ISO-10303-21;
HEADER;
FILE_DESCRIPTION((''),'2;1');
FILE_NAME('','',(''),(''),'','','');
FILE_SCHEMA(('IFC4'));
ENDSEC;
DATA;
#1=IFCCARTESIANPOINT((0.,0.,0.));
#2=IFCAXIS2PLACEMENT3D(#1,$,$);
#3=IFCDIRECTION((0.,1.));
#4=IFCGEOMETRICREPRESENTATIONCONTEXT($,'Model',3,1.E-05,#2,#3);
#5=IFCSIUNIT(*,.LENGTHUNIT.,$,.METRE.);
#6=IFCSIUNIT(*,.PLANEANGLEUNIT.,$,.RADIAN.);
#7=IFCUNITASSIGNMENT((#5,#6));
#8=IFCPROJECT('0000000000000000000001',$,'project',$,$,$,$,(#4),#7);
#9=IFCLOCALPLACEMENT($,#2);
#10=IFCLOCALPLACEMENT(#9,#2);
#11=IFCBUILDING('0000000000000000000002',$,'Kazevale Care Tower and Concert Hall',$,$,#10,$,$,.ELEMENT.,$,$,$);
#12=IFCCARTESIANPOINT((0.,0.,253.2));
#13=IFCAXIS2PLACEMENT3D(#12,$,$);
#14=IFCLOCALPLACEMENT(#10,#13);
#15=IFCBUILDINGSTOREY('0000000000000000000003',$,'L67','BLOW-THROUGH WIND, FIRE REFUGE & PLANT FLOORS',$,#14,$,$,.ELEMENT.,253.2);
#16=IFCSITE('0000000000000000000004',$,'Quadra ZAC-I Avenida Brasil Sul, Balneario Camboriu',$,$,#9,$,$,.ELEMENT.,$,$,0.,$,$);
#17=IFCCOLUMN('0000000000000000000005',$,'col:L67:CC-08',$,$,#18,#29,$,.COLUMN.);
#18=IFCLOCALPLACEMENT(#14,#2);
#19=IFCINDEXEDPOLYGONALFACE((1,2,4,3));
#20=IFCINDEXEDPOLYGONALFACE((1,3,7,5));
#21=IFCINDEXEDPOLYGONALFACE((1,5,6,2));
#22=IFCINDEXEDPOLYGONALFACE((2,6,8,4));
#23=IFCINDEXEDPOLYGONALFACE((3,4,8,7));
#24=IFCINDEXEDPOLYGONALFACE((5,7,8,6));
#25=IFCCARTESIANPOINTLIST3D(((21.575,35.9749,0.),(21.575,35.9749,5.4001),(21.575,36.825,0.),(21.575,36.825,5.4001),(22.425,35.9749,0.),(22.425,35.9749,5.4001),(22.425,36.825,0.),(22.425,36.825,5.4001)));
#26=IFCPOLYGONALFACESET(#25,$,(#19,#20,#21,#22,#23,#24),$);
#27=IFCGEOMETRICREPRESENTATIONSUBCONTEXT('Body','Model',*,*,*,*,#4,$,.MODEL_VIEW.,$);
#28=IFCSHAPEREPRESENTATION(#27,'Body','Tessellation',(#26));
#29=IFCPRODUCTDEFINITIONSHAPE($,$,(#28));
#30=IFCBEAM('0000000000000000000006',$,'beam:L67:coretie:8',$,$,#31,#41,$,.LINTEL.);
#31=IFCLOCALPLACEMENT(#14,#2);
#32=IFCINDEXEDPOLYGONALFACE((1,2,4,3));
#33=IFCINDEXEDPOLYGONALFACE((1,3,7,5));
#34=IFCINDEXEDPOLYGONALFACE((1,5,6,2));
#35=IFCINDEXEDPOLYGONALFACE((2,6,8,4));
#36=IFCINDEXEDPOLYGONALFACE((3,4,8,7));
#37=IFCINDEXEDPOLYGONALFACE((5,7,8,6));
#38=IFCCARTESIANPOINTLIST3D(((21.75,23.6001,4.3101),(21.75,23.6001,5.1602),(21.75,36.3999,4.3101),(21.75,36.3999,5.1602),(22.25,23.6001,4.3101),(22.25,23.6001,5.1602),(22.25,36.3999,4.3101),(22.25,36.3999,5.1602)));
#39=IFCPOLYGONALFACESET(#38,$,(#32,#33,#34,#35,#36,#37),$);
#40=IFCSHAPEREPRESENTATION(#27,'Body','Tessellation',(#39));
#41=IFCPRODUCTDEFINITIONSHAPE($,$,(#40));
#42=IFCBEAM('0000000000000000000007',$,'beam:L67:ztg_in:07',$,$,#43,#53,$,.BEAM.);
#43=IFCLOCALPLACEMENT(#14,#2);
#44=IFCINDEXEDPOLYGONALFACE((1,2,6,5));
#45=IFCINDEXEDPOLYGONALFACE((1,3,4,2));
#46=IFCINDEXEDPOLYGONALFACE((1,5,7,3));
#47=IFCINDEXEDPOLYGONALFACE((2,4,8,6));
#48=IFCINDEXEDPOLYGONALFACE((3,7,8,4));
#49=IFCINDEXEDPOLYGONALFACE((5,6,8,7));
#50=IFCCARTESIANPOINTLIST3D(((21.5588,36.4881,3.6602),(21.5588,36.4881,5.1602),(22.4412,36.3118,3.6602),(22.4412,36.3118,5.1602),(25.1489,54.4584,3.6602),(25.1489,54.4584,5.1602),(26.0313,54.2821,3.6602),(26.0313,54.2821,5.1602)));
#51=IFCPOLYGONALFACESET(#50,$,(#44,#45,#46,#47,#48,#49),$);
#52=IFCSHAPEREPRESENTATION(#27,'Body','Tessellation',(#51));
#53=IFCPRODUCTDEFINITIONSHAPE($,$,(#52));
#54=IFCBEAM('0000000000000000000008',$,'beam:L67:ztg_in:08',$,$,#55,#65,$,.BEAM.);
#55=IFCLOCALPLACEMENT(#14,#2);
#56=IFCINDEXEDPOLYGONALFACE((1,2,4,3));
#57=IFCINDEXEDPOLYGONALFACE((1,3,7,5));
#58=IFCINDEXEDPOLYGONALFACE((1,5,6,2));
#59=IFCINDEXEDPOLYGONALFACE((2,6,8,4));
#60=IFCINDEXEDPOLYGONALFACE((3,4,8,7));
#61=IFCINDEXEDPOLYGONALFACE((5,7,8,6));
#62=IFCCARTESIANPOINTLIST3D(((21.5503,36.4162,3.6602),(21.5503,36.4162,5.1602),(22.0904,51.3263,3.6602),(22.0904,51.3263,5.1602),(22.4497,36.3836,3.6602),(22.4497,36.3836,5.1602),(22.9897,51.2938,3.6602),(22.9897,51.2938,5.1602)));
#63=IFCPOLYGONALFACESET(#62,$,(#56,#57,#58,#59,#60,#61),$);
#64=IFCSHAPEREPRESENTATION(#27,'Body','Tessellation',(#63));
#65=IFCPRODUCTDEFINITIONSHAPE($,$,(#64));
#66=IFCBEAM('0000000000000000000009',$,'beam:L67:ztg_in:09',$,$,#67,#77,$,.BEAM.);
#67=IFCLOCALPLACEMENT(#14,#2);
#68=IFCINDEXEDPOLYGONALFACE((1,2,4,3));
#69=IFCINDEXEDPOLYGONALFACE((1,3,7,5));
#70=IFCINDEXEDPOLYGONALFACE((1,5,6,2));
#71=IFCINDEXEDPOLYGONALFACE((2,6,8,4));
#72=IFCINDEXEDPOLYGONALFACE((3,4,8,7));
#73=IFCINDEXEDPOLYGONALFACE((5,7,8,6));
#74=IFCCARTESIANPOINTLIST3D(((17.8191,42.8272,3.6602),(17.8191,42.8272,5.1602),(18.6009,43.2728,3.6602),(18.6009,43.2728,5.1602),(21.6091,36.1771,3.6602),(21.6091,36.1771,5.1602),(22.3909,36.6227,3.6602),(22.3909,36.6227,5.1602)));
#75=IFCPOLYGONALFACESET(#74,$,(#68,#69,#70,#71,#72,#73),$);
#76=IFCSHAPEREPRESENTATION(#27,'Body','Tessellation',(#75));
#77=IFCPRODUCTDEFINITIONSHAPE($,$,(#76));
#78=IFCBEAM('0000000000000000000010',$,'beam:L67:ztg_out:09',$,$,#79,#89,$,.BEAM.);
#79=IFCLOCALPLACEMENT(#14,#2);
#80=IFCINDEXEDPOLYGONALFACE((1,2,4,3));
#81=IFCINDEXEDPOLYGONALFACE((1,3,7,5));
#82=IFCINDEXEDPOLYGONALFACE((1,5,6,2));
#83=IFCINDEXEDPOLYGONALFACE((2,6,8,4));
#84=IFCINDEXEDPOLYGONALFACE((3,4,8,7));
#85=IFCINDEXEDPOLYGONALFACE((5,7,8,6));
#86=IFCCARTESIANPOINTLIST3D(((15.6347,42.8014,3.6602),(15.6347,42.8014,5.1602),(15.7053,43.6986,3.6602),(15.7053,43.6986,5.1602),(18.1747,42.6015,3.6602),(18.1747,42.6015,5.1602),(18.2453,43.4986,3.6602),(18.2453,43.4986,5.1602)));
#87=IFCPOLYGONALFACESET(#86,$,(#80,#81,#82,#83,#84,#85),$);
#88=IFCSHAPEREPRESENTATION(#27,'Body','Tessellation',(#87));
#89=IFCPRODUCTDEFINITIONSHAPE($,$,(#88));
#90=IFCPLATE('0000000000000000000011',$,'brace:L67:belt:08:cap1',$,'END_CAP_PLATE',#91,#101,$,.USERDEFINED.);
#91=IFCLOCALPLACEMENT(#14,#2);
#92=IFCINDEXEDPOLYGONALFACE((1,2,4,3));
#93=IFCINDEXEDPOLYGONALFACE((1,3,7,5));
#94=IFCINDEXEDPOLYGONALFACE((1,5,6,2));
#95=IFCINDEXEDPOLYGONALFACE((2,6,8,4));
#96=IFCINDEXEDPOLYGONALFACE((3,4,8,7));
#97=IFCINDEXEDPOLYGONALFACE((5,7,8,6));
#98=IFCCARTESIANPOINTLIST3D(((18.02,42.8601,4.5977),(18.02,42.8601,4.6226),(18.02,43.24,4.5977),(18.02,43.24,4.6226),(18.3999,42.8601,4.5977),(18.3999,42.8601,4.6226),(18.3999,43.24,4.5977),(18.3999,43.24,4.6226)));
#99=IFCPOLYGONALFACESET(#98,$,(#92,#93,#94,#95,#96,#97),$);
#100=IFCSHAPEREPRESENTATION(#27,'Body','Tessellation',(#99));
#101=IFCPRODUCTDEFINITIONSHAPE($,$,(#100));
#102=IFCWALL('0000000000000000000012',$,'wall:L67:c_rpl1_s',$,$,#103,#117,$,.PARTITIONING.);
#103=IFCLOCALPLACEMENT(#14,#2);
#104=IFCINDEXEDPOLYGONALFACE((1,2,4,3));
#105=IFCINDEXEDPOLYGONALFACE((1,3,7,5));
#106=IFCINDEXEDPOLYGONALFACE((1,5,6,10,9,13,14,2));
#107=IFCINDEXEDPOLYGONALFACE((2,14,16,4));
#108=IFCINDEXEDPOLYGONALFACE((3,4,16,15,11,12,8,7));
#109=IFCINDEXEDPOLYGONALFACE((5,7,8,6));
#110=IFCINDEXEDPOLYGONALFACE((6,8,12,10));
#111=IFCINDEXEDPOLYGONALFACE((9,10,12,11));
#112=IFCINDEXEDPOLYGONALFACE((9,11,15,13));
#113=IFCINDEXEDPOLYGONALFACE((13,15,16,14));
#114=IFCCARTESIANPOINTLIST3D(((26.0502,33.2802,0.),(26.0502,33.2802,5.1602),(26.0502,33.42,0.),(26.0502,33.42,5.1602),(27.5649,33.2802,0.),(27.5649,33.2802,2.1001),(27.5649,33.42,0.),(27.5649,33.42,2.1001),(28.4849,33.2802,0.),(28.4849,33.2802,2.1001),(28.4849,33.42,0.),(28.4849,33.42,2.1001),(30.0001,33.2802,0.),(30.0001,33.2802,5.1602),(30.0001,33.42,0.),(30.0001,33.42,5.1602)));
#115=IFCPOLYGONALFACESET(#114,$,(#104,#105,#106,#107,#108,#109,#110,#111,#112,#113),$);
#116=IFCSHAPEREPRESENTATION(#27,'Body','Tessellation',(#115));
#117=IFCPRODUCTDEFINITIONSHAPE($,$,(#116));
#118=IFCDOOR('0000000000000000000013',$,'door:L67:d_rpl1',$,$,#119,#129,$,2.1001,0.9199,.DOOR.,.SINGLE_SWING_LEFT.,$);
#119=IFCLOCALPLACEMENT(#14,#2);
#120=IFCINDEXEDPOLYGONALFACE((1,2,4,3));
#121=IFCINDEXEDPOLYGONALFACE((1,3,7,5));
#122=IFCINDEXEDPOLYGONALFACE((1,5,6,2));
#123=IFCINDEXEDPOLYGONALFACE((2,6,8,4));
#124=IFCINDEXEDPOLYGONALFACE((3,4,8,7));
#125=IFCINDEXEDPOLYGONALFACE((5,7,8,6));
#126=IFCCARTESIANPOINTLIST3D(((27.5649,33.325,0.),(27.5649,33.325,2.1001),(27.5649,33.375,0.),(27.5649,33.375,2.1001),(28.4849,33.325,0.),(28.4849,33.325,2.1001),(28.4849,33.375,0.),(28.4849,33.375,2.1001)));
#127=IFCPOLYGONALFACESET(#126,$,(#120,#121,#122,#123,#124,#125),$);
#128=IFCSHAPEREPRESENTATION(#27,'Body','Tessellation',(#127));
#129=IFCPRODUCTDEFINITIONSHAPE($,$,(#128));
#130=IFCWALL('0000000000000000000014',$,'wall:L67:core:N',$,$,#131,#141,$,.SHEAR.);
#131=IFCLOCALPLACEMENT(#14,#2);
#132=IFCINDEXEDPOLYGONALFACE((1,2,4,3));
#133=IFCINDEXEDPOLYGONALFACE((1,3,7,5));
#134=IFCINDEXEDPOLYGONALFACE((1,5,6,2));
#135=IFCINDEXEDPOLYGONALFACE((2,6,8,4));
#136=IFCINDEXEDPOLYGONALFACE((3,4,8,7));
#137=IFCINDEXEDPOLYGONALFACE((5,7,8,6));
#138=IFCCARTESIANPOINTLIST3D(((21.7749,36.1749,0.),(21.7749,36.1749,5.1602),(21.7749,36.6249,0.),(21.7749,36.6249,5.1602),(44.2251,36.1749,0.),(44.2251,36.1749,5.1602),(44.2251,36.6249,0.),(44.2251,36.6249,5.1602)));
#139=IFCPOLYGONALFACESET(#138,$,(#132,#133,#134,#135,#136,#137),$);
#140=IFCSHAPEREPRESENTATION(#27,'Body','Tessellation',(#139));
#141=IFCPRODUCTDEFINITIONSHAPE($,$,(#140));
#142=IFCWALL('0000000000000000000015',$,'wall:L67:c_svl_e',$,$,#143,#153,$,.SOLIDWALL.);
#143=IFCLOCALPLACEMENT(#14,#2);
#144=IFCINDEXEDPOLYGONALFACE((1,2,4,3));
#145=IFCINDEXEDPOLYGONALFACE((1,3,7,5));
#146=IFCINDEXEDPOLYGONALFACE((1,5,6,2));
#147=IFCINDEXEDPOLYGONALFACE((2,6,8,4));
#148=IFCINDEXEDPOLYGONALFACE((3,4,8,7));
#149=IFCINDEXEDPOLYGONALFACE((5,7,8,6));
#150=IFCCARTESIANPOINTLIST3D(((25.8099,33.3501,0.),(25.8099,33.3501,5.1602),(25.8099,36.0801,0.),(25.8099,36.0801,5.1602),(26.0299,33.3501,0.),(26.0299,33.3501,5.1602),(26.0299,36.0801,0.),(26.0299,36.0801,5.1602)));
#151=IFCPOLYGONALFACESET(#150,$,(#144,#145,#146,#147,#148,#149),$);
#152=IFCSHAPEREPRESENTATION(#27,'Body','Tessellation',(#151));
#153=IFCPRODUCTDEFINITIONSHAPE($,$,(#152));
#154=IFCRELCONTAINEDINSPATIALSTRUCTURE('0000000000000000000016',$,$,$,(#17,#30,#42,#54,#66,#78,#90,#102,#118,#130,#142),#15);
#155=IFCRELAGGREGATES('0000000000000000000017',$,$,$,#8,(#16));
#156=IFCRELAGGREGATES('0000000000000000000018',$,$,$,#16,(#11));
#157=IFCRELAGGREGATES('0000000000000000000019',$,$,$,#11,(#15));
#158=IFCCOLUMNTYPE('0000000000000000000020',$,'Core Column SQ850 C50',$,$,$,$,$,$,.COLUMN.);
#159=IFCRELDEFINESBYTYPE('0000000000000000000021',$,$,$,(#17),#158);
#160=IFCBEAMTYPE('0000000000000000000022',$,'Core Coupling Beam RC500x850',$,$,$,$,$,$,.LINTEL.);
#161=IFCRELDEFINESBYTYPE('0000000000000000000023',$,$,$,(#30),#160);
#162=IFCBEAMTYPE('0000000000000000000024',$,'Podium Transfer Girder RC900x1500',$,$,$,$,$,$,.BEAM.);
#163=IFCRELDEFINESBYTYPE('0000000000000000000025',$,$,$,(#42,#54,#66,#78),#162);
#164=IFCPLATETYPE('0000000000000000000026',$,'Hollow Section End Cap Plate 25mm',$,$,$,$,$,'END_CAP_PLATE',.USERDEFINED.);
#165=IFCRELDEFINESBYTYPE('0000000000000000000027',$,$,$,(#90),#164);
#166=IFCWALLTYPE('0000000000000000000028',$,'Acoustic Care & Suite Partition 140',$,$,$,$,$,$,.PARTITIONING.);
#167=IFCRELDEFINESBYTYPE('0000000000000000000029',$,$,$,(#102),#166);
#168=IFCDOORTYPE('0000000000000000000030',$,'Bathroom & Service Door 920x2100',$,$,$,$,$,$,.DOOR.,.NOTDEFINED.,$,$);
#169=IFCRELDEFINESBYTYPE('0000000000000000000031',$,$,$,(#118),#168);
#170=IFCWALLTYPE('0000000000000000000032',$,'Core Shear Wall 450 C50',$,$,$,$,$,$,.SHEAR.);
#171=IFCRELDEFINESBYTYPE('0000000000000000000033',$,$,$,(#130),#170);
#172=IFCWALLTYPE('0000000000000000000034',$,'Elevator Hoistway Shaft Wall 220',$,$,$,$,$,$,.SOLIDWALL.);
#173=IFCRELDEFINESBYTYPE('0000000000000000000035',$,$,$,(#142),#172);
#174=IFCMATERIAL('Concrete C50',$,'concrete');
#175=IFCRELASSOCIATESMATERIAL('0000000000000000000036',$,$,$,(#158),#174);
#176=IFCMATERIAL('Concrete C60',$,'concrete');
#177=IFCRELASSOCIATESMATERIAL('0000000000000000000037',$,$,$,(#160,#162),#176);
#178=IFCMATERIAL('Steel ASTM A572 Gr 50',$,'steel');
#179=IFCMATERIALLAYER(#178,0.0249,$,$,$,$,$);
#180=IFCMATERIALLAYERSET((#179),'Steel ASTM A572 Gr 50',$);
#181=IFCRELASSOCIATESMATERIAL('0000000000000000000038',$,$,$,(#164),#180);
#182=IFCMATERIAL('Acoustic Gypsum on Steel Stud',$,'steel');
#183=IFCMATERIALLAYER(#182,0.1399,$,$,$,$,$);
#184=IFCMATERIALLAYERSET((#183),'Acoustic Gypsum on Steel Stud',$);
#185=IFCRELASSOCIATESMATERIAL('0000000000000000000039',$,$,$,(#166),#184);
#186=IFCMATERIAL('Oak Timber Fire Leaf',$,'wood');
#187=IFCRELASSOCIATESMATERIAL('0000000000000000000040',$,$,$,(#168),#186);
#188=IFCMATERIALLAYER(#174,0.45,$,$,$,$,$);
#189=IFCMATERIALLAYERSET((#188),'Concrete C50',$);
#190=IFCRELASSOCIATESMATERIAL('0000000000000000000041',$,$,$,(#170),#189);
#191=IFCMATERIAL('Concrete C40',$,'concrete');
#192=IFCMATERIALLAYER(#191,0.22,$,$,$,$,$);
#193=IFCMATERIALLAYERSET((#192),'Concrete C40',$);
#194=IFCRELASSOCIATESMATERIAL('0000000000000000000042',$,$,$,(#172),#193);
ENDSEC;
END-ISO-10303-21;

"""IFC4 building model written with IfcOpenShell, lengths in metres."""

from ifc_helpers import new_model, si_unit, direction, frame, frame_2d, origin, origin_2d, place, context, subcontext, project, spatial, rectangle, extrude, material, layer, layer_set, material_profile, profile_set, type_object, element, fill, save


model = new_model("IFC4")

# Units and contexts
model_context = context("Model", 3, precision=1e-05, world=origin(), true_north=direction((0.0, 1.0)))
body_context = subcontext(model_context, "Body", "Model", "MODEL_VIEW")
ifc_project = project(units=[si_unit("LENGTHUNIT", "METRE"), si_unit("PLANEANGLEUNIT", "RADIAN")], contexts=[model_context])

# Site, building, storey
site_placement = place(None, origin())
site = spatial("IfcSite", under=ifc_project, at=site_placement, Name="Quadra ZAC-I Avenida Brasil Sul, Balneario Camboriu", CompositionType="ELEMENT", RefElevation=0.0)
building_placement = place(site_placement, origin())
building = spatial("IfcBuilding", under=site, at=building_placement, Name="Kazevale Care Tower and Concert Hall", CompositionType="ELEMENT")
storey_placement = place(building_placement, frame((0.0, 0.0, 253.2)))
storey = spatial("IfcBuildingStorey", under=building, at=storey_placement, Name="L67", Description="BLOW-THROUGH WIND, FIRE REFUGE & PLANT FLOORS", CompositionType="ELEMENT", Elevation=253.2)

# Column
ifc_material_1 = material(Name="Concrete C50", Category="concrete")
ifc_material_profile_1 = material_profile(ifc_material_1, rectangle(XDim=0.8501, YDim=0.8501, at=origin_2d()), Name="RC-SQ850")
ifc_profile_set_1 = profile_set([ifc_material_profile_1], Name="Concrete C50")
column_type = type_object("IfcColumnType", Name="Core Column SQ850 C50", PredefinedType="COLUMN", material=ifc_profile_set_1)
column_placement = place(storey_placement, frame((22.0, 36.3999, 0.0), z_axis=(0.0, 0.0, 1.0), x_axis=(1.0, 0.0, 0.0)))
element("IfcColumn", 1, at=column_placement, inside=storey, type_object=column_type, Name="col:L67:CC-08", PredefinedType="COLUMN", context=body_context, shape_type="SweptSolid", body=[
    extrude(rectangle(XDim=0.8501, YDim=0.8501, at=origin_2d()), origin(), (0.0, 0.0, 1.0), 5.4001),
])

# Beams
ifc_material_2 = material(Name="Concrete C60", Category="concrete")
ifc_material_profile_2 = material_profile(ifc_material_2, rectangle(XDim=0.5, YDim=0.8501, at=origin_2d()), Name="RC-B500x850")
ifc_profile_set_2 = profile_set([ifc_material_profile_2], Name="Concrete C60")
beam_type_1 = type_object("IfcBeamType", Name="Core Coupling Beam RC500x850", PredefinedType="LINTEL", material=ifc_profile_set_2)
beam_1_placement = place(storey_placement, frame((22.0, 36.3999, 4.7351), z_axis=(0.0, -1.0, 0.0), x_axis=(1.0, 0.0, 0.0)))
element("IfcBeam", 2, at=beam_1_placement, inside=storey, type_object=beam_type_1, Name="beam:L67:coretie:8", PredefinedType="LINTEL", context=body_context, shape_type="SweptSolid", body=[
    extrude(rectangle(XDim=0.5, YDim=0.8501, at=origin_2d()), origin(), (0.0, 0.0, 1.0), 12.7998),
])
ifc_material_profile_3 = material_profile(ifc_material_2, rectangle(XDim=0.8999, YDim=1.5, at=origin_2d()), Name="RC-TG900x1500")
ifc_profile_set_3 = profile_set([ifc_material_profile_3], Name="Concrete C60")
beam_type_2 = type_object("IfcBeamType", Name="Podium Transfer Girder RC900x1500", PredefinedType="BEAM", material=ifc_profile_set_3)
beam_2_placement = place(storey_placement, frame((22.0, 36.3999, 4.4102), z_axis=(0.195909, 0.980622, 0.0), x_axis=(-0.980622, 0.195909, 0.0)))
element("IfcBeam", 3, at=beam_2_placement, inside=storey, type_object=beam_type_2, Name="beam:L67:ztg_in:07", PredefinedType="BEAM", context=body_context, shape_type="SweptSolid", body=[
    extrude(rectangle(XDim=0.8999, YDim=1.5, at=origin_2d()), origin(), (0.0, 0.0, 1.0), 18.3254),
])
beam_3_placement = place(storey_placement, frame((22.0, 36.3999, 4.4102), z_axis=(0.036196, 0.999345, 0.0), x_axis=(-0.999345, 0.036196, 0.0)))
element("IfcBeam", 4, at=beam_3_placement, inside=storey, type_object=beam_type_2, Name="beam:L67:ztg_in:08", PredefinedType="BEAM", context=body_context, shape_type="SweptSolid", body=[
    extrude(rectangle(XDim=0.8999, YDim=1.5, at=origin_2d()), origin(), (0.0, 0.0, 1.0), 14.9199),
])
beam_4_placement = place(storey_placement, frame((22.0, 36.3999, 4.4102), z_axis=(-0.495149, 0.868808, 0.0), x_axis=(-0.868808, -0.495149, 0.0)))
element("IfcBeam", 5, at=beam_4_placement, inside=storey, type_object=beam_type_2, Name="beam:L67:ztg_in:09", PredefinedType="BEAM", context=body_context, shape_type="SweptSolid", body=[
    extrude(rectangle(XDim=0.8999, YDim=1.5, at=origin_2d()), origin(), (0.0, 0.0, 1.0), 7.6543),
])
beam_5_placement = place(storey_placement, frame((18.21, 43.05, 4.4102), z_axis=(-0.996916, 0.078477, 0.0), x_axis=(-0.078477, -0.996916, 0.0)))
element("IfcBeam", 6, at=beam_5_placement, inside=storey, type_object=beam_type_2, Name="beam:L67:ztg_out:09", PredefinedType="BEAM", context=body_context, shape_type="SweptSolid", body=[
    extrude(rectangle(XDim=0.8999, YDim=1.5, at=origin_2d()), origin(), (0.0, 0.0, 1.0), 2.5479),
])

# Plate
ifc_material_3 = material(Name="Steel ASTM A572 Gr 50", Category="steel")
ifc_layer_1 = layer(ifc_material_3, 0.0249)
ifc_layer_set_1 = layer_set([ifc_layer_1], Name="Steel ASTM A572 Gr 50")
plate_type = type_object("IfcPlateType", Name="Hollow Section End Cap Plate 25mm", ElementType="END_CAP_PLATE", PredefinedType="USERDEFINED", material=ifc_layer_set_1)
plate_placement = place(storey_placement, frame((18.21, 43.05, 4.5977), z_axis=(0.0, 0.0, 1.0), x_axis=(1.0, 0.0, 0.0)))
element("IfcPlate", 7, at=plate_placement, inside=storey, type_object=plate_type, Name="brace:L67:belt:08:cap1", ObjectType="END_CAP_PLATE", PredefinedType="USERDEFINED", context=body_context, shape_type="SweptSolid", body=[
    extrude(rectangle(XDim=0.3799, YDim=0.3799, at=origin_2d()), origin(), (0.0, 0.0, 1.0), 0.0249),
])

# Wall, opening, door
ifc_material_4 = material(Name="Acoustic Gypsum on Steel Stud", Category="steel")
ifc_layer_2 = layer(ifc_material_4, 0.1399)
ifc_layer_set_2 = layer_set([ifc_layer_2], Name="Acoustic Gypsum on Steel Stud")
wall_type_1 = type_object("IfcWallType", Name="Acoustic Care & Suite Partition 140", PredefinedType="PARTITIONING", material=ifc_layer_set_2)
wall_1_placement = place(storey_placement, frame((26.05, 33.3501, 0.0), z_axis=(0.0, 0.0, 1.0), x_axis=(1.0, 0.0, 0.0)))
wall_1 = element("IfcWall", 8, at=wall_1_placement, inside=storey, type_object=wall_type_1, Name="wall:L67:c_rpl1_s", PredefinedType="PARTITIONING", context=body_context, shape_type="SweptSolid", body=[
    extrude(rectangle(XDim=3.95, YDim=0.1399, at=frame_2d((1.9751, 0.0))), origin(), (0.0, 0.0, 1.0), 5.1602),
])
opening_1_placement = place(wall_1_placement, frame((1.5149, 0.0, 0.0)))
opening_1 = element("IfcOpeningElement", 9, at=opening_1_placement, cuts=wall_1, PredefinedType="OPENING", context=body_context, shape_type="SweptSolid", body=[
    extrude(rectangle(XDim=0.9199, YDim=2.1001, at=frame_2d((0.46, 1.05))), frame((0.0, 0.0798, 0.0), z_axis=(0.0, -1.0, 0.0), x_axis=(1.0, 0.0, 0.0)), (0.0, 0.0, 1.0), 0.1599),
])
ifc_material_5 = material(Name="Oak Timber Fire Leaf", Category="wood")
door_type_1 = type_object("IfcDoorType", Name="Bathroom & Service Door 920x2100", OperationType="NOTDEFINED", PredefinedType="DOOR", material=ifc_material_5)
door_1_placement = place(opening_1_placement, origin())
door_1 = element("IfcDoor", 10, at=door_1_placement, inside=storey, type_object=door_type_1, Name="door:L67:d_rpl1", OperationType="SINGLE_SWING_LEFT", OverallHeight=2.1001, OverallWidth=0.9199, PredefinedType="DOOR", context=body_context, shape_type="SweptSolid", body=[
    extrude(rectangle(XDim=0.9199, YDim=2.1001, at=frame_2d((0.46, 1.05))), frame((0.0, 0.0249, 0.0), z_axis=(0.0, -1.0, 0.0), x_axis=(1.0, 0.0, 0.0)), (0.0, 0.0, 1.0), 0.05),
])
fill(opening_1, door_1)

# Walls
ifc_layer_3 = layer(ifc_material_1, 0.45)
ifc_layer_set_3 = layer_set([ifc_layer_3], Name="Concrete C50")
wall_type_2 = type_object("IfcWallType", Name="Core Shear Wall 450 C50", PredefinedType="SHEAR", material=ifc_layer_set_3)
wall_2_placement = place(storey_placement, frame((21.7749, 36.3999, 0.0), z_axis=(0.0, 0.0, 1.0), x_axis=(1.0, 0.0, 0.0)))
element("IfcWall", 11, at=wall_2_placement, inside=storey, type_object=wall_type_2, Name="wall:L67:core:N", PredefinedType="SHEAR", context=body_context, shape_type="SweptSolid", body=[
    extrude(rectangle(XDim=22.4502, YDim=0.45, at=frame_2d((11.2251, 0.0))), origin(), (0.0, 0.0, 1.0), 5.1602),
])
ifc_material_6 = material(Name="Concrete C40", Category="concrete")
ifc_layer_4 = layer(ifc_material_6, 0.22)
ifc_layer_set_4 = layer_set([ifc_layer_4], Name="Concrete C40")
wall_type_3 = type_object("IfcWallType", Name="Elevator Hoistway Shaft Wall 220", PredefinedType="SOLIDWALL", material=ifc_layer_set_4)
wall_3_placement = place(storey_placement, frame((25.9199, 33.3501, 0.0), z_axis=(0.0, 0.0, 1.0), x_axis=(0.0, 1.0, 0.0)))
element("IfcWall", 12, at=wall_3_placement, inside=storey, type_object=wall_type_3, Name="wall:L67:c_svl_e", PredefinedType="SOLIDWALL", context=body_context, shape_type="SweptSolid", body=[
    extrude(rectangle(XDim=2.73, YDim=0.22, at=frame_2d((1.365, 0.0))), origin(), (0.0, 0.0, 1.0), 5.1602),
])

save(model, "model.ifc")
